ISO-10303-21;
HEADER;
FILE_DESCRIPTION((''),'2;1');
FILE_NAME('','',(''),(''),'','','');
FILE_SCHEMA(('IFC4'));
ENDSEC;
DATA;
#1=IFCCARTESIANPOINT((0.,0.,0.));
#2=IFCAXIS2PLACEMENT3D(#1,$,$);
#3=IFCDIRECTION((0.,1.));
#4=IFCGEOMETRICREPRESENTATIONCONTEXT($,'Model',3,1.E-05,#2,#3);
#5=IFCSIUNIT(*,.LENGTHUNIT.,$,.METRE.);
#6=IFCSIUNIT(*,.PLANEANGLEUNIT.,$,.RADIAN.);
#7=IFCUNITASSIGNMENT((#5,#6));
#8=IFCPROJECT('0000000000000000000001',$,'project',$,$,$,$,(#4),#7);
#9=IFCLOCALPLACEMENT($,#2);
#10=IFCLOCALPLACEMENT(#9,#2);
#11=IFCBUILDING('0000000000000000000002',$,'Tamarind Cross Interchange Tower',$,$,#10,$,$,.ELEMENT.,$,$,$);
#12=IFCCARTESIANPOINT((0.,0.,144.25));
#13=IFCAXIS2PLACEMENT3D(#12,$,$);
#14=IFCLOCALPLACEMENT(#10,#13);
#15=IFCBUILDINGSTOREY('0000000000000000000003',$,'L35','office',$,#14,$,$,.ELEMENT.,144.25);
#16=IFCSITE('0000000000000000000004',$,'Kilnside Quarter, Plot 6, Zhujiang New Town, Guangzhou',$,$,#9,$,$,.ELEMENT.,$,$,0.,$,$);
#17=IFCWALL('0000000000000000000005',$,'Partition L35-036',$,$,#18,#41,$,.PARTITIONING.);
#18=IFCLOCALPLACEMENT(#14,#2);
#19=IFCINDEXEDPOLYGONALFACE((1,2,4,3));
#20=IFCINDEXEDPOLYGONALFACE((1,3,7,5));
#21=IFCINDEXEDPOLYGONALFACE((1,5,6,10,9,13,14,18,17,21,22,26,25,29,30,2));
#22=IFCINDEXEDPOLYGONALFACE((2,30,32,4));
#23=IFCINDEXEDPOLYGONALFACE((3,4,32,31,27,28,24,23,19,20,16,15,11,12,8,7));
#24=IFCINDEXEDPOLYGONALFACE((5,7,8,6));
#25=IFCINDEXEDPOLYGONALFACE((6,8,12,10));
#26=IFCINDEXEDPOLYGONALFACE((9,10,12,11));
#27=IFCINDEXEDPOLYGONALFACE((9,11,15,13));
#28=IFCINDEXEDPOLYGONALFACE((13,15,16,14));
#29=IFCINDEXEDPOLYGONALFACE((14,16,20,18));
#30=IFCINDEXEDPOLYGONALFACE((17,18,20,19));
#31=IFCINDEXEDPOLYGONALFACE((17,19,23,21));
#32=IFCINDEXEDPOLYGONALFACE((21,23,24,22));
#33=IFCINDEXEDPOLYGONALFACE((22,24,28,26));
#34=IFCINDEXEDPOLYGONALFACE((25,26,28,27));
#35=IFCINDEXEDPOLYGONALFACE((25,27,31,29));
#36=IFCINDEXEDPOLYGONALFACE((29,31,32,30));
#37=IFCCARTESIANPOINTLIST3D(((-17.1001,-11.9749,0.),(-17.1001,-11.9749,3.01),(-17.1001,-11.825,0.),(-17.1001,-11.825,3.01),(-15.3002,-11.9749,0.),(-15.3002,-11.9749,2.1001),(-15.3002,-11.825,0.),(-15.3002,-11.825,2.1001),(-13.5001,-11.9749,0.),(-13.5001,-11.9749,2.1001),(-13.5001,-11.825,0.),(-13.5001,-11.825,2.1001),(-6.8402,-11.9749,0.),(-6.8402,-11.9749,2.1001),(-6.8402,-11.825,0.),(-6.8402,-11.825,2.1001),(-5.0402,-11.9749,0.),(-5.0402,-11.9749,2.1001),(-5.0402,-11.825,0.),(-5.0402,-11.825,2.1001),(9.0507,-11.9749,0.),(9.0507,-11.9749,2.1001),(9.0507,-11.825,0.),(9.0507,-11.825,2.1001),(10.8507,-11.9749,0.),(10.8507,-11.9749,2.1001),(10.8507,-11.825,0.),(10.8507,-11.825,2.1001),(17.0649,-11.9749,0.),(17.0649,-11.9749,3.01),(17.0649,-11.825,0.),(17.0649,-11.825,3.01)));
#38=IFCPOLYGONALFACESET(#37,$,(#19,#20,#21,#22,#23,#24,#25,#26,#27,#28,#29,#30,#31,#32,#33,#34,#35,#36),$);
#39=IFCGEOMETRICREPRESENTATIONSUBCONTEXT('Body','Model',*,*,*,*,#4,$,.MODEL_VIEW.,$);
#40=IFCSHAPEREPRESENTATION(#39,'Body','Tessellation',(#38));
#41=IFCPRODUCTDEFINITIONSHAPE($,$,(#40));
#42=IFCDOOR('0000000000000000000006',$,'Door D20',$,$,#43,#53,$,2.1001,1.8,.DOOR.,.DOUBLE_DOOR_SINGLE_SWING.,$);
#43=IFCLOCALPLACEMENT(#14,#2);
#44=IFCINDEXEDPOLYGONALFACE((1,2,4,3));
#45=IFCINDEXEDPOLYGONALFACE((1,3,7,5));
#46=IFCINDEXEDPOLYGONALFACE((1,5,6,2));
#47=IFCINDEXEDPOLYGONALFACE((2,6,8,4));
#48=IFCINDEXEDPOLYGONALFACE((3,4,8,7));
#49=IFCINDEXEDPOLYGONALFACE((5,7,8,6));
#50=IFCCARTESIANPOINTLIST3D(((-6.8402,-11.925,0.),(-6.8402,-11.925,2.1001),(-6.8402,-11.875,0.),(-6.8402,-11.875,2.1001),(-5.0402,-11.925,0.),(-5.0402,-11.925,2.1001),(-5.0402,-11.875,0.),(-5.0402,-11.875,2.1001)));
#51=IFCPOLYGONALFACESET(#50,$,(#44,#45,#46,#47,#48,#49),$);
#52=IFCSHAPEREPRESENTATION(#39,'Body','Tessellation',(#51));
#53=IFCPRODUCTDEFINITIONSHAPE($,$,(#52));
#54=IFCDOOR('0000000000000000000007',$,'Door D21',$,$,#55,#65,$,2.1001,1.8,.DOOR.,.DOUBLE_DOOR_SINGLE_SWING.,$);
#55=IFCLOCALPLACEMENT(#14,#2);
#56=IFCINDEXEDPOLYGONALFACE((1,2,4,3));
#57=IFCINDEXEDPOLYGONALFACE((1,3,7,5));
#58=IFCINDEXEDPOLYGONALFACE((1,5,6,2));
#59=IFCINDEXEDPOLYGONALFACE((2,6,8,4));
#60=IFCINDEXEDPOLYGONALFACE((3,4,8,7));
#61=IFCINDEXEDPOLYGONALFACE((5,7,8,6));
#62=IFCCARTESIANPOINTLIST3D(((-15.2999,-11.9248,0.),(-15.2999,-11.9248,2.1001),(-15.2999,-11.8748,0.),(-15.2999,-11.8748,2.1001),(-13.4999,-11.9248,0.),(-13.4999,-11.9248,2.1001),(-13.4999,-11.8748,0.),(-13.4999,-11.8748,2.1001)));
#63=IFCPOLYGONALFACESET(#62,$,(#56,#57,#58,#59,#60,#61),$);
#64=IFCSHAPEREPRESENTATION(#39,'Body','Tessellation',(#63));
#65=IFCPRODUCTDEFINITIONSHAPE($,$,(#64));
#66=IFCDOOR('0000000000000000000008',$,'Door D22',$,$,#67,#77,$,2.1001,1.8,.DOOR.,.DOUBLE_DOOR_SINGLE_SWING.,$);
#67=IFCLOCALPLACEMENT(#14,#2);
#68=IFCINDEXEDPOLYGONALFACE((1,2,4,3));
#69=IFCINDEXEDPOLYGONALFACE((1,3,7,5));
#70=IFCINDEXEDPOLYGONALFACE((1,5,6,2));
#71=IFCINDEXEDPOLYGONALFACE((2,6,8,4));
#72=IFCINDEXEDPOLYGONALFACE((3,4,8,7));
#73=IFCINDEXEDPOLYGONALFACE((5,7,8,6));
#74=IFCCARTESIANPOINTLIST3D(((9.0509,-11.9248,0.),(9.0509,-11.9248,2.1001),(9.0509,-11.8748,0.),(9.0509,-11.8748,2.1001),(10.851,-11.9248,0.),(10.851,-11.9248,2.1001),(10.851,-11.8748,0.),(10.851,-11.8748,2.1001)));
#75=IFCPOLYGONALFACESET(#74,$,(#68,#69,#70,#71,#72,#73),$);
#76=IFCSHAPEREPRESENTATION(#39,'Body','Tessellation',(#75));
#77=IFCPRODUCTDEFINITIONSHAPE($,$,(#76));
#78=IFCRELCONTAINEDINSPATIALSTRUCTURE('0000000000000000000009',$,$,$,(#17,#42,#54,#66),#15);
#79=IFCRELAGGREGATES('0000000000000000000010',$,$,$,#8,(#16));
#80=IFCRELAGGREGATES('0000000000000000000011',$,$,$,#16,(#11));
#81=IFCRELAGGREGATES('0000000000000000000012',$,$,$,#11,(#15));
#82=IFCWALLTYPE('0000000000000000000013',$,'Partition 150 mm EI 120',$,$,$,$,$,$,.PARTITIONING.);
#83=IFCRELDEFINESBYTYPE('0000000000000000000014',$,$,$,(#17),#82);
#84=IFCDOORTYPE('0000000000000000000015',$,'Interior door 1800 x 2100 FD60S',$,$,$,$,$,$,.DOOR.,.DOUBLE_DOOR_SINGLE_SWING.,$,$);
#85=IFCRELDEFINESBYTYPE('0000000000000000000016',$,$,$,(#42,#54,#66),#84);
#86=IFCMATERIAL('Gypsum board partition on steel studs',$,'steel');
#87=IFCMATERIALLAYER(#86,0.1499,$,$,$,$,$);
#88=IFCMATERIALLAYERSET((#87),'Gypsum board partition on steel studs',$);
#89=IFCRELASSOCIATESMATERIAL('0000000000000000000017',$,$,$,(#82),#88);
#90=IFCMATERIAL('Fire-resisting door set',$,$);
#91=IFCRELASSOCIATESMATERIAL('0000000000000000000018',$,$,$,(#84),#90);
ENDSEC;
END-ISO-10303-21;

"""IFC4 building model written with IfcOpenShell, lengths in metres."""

from ifc_helpers import new_model, si_unit, direction, frame, frame_2d, origin, place, context, subcontext, project, spatial, rectangle, extrude, material, layer, layer_set, type_object, element, fill, save


model = new_model("IFC4")

# Units and contexts
model_context = context("Model", 3, precision=1e-05, world=origin(), true_north=direction((0.0, 1.0)))
body_context = subcontext(model_context, "Body", "Model", "MODEL_VIEW")
ifc_project = project(units=[si_unit("LENGTHUNIT", "METRE"), si_unit("PLANEANGLEUNIT", "RADIAN")], contexts=[model_context])

# Site, building, storey
site_placement = place(None, origin())
site = spatial("IfcSite", under=ifc_project, at=site_placement, Name="Kilnside Quarter, Plot 6, Zhujiang New Town, Guangzhou", CompositionType="ELEMENT", RefElevation=0.0)
building_placement = place(site_placement, origin())
building = spatial("IfcBuilding", under=site, at=building_placement, Name="Tamarind Cross Interchange Tower", CompositionType="ELEMENT")
storey_placement = place(building_placement, frame((0.0, 0.0, 144.25)))
storey = spatial("IfcBuildingStorey", under=building, at=storey_placement, Name="L35", Description="office", CompositionType="ELEMENT", Elevation=144.25)

# Shared definitions
ifc_material_1 = material(Name="Gypsum board partition on steel studs", Category="steel")

# Shared definitions
ifc_layer_1 = layer(ifc_material_1, 0.1499)
ifc_layer_set_1 = layer_set([ifc_layer_1], Name="Gypsum board partition on steel studs")
wall_type_1 = type_object("IfcWallType", Name="Partition 150 mm EI 120", PredefinedType="PARTITIONING", material=ifc_layer_set_1)
ifc_material_2 = material(Name="Fire-resisting door set")

# Wall, openings, doors
wall_1_placement = place(storey_placement, frame((-17.1001, -11.8999, 0.0), z_axis=(0.0, 0.0, 1.0), x_axis=(1.0, 0.0, 0.0)))
wall_1 = element("IfcWall", 1, at=wall_1_placement, inside=storey, type_object=wall_type_1, Name="Partition L35-036", PredefinedType="PARTITIONING", context=body_context, shape_type="SweptSolid", body=[
    extrude(rectangle(XDim=34.165, YDim=0.1499, at=frame_2d((17.0825, 0.0))), origin(), (0.0, 0.0, 1.0), 3.01),
])
opening_1_placement = place(wall_1_placement, frame((10.26, 0.0, 0.0)))
opening_1 = element("IfcOpeningElement", 2, at=opening_1_placement, cuts=wall_1, PredefinedType="OPENING", context=body_context, shape_type="SweptSolid", body=[
    extrude(rectangle(XDim=1.8, YDim=2.1001, at=frame_2d((0.8999, 1.05))), frame((0.0, 0.085, 0.0), z_axis=(0.0, -1.0, 0.0), x_axis=(1.0, 0.0, 0.0)), (0.0, 0.0, 1.0), 0.1699),
])
opening_2_placement = place(wall_1_placement, frame((1.8, 0.0, 0.0)))
opening_2 = element("IfcOpeningElement", 3, at=opening_2_placement, cuts=wall_1, PredefinedType="OPENING", context=body_context, shape_type="SweptSolid", body=[
    extrude(rectangle(XDim=1.8, YDim=2.1001, at=frame_2d((0.8999, 1.05))), frame((0.0, 0.085, 0.0), z_axis=(0.0, -1.0, 0.0), x_axis=(1.0, 0.0, 0.0)), (0.0, 0.0, 1.0), 0.1699),
])
opening_3_placement = place(wall_1_placement, frame((26.1509, 0.0, 0.0)))
opening_3 = element("IfcOpeningElement", 4, at=opening_3_placement, cuts=wall_1, PredefinedType="OPENING", context=body_context, shape_type="SweptSolid", body=[
    extrude(rectangle(XDim=1.8, YDim=2.1001, at=frame_2d((0.8999, 1.05))), frame((0.0, 0.085, 0.0), z_axis=(0.0, -1.0, 0.0), x_axis=(1.0, 0.0, 0.0)), (0.0, 0.0, 1.0), 0.1699),
])
door_type_1 = type_object("IfcDoorType", Name="Interior door 1800 x 2100 FD60S", OperationType="DOUBLE_DOOR_SINGLE_SWING", PredefinedType="DOOR", material=ifc_material_2)
door_1_placement = place(opening_1_placement, origin())
door_1 = element("IfcDoor", 5, at=door_1_placement, inside=storey, type_object=door_type_1, Name="Door D20", OperationType="DOUBLE_DOOR_SINGLE_SWING", OverallHeight=2.1001, OverallWidth=1.8, PredefinedType="DOOR", context=body_context, shape_type="SweptSolid", body=[
    extrude(rectangle(XDim=1.8, YDim=2.1001, at=frame_2d((0.8999, 1.05))), frame((0.0, 0.0249, 0.0), z_axis=(0.0, -1.0, 0.0), x_axis=(1.0, 0.0, 0.0)), (0.0, 0.0, 1.0), 0.05),
])
fill(opening_1, door_1)
door_2_placement = place(opening_2_placement, frame((1.8, 0.0, 0.0), z_axis=(0.0, 0.0, 1.0), x_axis=(-1.0, 0.0, 0.0)))
door_2 = element("IfcDoor", 6, at=door_2_placement, inside=storey, type_object=door_type_1, Name="Door D21", OperationType="DOUBLE_DOOR_SINGLE_SWING", OverallHeight=2.1001, OverallWidth=1.8, PredefinedType="DOOR", context=body_context, shape_type="SweptSolid", body=[
    extrude(rectangle(XDim=1.8, YDim=2.1001, at=frame_2d((0.8999, 1.05))), frame((0.0, 0.0249, 0.0), z_axis=(0.0, -1.0, 0.0), x_axis=(1.0, 0.0, 0.0)), (0.0, 0.0, 1.0), 0.05),
])
fill(opening_2, door_2)
door_3_placement = place(opening_3_placement, frame((1.8, 0.0, 0.0), z_axis=(0.0, 0.0, 1.0), x_axis=(-1.0, 0.0, 0.0)))
door_3 = element("IfcDoor", 7, at=door_3_placement, inside=storey, type_object=door_type_1, Name="Door D22", OperationType="DOUBLE_DOOR_SINGLE_SWING", OverallHeight=2.1001, OverallWidth=1.8, PredefinedType="DOOR", context=body_context, shape_type="SweptSolid", body=[
    extrude(rectangle(XDim=1.8, YDim=2.1001, at=frame_2d((0.8999, 1.05))), frame((0.0, 0.0249, 0.0), z_axis=(0.0, -1.0, 0.0), x_axis=(1.0, 0.0, 0.0)), (0.0, 0.0, 1.0), 0.05),
])
fill(opening_3, door_3)

save(model, "model.ifc")
